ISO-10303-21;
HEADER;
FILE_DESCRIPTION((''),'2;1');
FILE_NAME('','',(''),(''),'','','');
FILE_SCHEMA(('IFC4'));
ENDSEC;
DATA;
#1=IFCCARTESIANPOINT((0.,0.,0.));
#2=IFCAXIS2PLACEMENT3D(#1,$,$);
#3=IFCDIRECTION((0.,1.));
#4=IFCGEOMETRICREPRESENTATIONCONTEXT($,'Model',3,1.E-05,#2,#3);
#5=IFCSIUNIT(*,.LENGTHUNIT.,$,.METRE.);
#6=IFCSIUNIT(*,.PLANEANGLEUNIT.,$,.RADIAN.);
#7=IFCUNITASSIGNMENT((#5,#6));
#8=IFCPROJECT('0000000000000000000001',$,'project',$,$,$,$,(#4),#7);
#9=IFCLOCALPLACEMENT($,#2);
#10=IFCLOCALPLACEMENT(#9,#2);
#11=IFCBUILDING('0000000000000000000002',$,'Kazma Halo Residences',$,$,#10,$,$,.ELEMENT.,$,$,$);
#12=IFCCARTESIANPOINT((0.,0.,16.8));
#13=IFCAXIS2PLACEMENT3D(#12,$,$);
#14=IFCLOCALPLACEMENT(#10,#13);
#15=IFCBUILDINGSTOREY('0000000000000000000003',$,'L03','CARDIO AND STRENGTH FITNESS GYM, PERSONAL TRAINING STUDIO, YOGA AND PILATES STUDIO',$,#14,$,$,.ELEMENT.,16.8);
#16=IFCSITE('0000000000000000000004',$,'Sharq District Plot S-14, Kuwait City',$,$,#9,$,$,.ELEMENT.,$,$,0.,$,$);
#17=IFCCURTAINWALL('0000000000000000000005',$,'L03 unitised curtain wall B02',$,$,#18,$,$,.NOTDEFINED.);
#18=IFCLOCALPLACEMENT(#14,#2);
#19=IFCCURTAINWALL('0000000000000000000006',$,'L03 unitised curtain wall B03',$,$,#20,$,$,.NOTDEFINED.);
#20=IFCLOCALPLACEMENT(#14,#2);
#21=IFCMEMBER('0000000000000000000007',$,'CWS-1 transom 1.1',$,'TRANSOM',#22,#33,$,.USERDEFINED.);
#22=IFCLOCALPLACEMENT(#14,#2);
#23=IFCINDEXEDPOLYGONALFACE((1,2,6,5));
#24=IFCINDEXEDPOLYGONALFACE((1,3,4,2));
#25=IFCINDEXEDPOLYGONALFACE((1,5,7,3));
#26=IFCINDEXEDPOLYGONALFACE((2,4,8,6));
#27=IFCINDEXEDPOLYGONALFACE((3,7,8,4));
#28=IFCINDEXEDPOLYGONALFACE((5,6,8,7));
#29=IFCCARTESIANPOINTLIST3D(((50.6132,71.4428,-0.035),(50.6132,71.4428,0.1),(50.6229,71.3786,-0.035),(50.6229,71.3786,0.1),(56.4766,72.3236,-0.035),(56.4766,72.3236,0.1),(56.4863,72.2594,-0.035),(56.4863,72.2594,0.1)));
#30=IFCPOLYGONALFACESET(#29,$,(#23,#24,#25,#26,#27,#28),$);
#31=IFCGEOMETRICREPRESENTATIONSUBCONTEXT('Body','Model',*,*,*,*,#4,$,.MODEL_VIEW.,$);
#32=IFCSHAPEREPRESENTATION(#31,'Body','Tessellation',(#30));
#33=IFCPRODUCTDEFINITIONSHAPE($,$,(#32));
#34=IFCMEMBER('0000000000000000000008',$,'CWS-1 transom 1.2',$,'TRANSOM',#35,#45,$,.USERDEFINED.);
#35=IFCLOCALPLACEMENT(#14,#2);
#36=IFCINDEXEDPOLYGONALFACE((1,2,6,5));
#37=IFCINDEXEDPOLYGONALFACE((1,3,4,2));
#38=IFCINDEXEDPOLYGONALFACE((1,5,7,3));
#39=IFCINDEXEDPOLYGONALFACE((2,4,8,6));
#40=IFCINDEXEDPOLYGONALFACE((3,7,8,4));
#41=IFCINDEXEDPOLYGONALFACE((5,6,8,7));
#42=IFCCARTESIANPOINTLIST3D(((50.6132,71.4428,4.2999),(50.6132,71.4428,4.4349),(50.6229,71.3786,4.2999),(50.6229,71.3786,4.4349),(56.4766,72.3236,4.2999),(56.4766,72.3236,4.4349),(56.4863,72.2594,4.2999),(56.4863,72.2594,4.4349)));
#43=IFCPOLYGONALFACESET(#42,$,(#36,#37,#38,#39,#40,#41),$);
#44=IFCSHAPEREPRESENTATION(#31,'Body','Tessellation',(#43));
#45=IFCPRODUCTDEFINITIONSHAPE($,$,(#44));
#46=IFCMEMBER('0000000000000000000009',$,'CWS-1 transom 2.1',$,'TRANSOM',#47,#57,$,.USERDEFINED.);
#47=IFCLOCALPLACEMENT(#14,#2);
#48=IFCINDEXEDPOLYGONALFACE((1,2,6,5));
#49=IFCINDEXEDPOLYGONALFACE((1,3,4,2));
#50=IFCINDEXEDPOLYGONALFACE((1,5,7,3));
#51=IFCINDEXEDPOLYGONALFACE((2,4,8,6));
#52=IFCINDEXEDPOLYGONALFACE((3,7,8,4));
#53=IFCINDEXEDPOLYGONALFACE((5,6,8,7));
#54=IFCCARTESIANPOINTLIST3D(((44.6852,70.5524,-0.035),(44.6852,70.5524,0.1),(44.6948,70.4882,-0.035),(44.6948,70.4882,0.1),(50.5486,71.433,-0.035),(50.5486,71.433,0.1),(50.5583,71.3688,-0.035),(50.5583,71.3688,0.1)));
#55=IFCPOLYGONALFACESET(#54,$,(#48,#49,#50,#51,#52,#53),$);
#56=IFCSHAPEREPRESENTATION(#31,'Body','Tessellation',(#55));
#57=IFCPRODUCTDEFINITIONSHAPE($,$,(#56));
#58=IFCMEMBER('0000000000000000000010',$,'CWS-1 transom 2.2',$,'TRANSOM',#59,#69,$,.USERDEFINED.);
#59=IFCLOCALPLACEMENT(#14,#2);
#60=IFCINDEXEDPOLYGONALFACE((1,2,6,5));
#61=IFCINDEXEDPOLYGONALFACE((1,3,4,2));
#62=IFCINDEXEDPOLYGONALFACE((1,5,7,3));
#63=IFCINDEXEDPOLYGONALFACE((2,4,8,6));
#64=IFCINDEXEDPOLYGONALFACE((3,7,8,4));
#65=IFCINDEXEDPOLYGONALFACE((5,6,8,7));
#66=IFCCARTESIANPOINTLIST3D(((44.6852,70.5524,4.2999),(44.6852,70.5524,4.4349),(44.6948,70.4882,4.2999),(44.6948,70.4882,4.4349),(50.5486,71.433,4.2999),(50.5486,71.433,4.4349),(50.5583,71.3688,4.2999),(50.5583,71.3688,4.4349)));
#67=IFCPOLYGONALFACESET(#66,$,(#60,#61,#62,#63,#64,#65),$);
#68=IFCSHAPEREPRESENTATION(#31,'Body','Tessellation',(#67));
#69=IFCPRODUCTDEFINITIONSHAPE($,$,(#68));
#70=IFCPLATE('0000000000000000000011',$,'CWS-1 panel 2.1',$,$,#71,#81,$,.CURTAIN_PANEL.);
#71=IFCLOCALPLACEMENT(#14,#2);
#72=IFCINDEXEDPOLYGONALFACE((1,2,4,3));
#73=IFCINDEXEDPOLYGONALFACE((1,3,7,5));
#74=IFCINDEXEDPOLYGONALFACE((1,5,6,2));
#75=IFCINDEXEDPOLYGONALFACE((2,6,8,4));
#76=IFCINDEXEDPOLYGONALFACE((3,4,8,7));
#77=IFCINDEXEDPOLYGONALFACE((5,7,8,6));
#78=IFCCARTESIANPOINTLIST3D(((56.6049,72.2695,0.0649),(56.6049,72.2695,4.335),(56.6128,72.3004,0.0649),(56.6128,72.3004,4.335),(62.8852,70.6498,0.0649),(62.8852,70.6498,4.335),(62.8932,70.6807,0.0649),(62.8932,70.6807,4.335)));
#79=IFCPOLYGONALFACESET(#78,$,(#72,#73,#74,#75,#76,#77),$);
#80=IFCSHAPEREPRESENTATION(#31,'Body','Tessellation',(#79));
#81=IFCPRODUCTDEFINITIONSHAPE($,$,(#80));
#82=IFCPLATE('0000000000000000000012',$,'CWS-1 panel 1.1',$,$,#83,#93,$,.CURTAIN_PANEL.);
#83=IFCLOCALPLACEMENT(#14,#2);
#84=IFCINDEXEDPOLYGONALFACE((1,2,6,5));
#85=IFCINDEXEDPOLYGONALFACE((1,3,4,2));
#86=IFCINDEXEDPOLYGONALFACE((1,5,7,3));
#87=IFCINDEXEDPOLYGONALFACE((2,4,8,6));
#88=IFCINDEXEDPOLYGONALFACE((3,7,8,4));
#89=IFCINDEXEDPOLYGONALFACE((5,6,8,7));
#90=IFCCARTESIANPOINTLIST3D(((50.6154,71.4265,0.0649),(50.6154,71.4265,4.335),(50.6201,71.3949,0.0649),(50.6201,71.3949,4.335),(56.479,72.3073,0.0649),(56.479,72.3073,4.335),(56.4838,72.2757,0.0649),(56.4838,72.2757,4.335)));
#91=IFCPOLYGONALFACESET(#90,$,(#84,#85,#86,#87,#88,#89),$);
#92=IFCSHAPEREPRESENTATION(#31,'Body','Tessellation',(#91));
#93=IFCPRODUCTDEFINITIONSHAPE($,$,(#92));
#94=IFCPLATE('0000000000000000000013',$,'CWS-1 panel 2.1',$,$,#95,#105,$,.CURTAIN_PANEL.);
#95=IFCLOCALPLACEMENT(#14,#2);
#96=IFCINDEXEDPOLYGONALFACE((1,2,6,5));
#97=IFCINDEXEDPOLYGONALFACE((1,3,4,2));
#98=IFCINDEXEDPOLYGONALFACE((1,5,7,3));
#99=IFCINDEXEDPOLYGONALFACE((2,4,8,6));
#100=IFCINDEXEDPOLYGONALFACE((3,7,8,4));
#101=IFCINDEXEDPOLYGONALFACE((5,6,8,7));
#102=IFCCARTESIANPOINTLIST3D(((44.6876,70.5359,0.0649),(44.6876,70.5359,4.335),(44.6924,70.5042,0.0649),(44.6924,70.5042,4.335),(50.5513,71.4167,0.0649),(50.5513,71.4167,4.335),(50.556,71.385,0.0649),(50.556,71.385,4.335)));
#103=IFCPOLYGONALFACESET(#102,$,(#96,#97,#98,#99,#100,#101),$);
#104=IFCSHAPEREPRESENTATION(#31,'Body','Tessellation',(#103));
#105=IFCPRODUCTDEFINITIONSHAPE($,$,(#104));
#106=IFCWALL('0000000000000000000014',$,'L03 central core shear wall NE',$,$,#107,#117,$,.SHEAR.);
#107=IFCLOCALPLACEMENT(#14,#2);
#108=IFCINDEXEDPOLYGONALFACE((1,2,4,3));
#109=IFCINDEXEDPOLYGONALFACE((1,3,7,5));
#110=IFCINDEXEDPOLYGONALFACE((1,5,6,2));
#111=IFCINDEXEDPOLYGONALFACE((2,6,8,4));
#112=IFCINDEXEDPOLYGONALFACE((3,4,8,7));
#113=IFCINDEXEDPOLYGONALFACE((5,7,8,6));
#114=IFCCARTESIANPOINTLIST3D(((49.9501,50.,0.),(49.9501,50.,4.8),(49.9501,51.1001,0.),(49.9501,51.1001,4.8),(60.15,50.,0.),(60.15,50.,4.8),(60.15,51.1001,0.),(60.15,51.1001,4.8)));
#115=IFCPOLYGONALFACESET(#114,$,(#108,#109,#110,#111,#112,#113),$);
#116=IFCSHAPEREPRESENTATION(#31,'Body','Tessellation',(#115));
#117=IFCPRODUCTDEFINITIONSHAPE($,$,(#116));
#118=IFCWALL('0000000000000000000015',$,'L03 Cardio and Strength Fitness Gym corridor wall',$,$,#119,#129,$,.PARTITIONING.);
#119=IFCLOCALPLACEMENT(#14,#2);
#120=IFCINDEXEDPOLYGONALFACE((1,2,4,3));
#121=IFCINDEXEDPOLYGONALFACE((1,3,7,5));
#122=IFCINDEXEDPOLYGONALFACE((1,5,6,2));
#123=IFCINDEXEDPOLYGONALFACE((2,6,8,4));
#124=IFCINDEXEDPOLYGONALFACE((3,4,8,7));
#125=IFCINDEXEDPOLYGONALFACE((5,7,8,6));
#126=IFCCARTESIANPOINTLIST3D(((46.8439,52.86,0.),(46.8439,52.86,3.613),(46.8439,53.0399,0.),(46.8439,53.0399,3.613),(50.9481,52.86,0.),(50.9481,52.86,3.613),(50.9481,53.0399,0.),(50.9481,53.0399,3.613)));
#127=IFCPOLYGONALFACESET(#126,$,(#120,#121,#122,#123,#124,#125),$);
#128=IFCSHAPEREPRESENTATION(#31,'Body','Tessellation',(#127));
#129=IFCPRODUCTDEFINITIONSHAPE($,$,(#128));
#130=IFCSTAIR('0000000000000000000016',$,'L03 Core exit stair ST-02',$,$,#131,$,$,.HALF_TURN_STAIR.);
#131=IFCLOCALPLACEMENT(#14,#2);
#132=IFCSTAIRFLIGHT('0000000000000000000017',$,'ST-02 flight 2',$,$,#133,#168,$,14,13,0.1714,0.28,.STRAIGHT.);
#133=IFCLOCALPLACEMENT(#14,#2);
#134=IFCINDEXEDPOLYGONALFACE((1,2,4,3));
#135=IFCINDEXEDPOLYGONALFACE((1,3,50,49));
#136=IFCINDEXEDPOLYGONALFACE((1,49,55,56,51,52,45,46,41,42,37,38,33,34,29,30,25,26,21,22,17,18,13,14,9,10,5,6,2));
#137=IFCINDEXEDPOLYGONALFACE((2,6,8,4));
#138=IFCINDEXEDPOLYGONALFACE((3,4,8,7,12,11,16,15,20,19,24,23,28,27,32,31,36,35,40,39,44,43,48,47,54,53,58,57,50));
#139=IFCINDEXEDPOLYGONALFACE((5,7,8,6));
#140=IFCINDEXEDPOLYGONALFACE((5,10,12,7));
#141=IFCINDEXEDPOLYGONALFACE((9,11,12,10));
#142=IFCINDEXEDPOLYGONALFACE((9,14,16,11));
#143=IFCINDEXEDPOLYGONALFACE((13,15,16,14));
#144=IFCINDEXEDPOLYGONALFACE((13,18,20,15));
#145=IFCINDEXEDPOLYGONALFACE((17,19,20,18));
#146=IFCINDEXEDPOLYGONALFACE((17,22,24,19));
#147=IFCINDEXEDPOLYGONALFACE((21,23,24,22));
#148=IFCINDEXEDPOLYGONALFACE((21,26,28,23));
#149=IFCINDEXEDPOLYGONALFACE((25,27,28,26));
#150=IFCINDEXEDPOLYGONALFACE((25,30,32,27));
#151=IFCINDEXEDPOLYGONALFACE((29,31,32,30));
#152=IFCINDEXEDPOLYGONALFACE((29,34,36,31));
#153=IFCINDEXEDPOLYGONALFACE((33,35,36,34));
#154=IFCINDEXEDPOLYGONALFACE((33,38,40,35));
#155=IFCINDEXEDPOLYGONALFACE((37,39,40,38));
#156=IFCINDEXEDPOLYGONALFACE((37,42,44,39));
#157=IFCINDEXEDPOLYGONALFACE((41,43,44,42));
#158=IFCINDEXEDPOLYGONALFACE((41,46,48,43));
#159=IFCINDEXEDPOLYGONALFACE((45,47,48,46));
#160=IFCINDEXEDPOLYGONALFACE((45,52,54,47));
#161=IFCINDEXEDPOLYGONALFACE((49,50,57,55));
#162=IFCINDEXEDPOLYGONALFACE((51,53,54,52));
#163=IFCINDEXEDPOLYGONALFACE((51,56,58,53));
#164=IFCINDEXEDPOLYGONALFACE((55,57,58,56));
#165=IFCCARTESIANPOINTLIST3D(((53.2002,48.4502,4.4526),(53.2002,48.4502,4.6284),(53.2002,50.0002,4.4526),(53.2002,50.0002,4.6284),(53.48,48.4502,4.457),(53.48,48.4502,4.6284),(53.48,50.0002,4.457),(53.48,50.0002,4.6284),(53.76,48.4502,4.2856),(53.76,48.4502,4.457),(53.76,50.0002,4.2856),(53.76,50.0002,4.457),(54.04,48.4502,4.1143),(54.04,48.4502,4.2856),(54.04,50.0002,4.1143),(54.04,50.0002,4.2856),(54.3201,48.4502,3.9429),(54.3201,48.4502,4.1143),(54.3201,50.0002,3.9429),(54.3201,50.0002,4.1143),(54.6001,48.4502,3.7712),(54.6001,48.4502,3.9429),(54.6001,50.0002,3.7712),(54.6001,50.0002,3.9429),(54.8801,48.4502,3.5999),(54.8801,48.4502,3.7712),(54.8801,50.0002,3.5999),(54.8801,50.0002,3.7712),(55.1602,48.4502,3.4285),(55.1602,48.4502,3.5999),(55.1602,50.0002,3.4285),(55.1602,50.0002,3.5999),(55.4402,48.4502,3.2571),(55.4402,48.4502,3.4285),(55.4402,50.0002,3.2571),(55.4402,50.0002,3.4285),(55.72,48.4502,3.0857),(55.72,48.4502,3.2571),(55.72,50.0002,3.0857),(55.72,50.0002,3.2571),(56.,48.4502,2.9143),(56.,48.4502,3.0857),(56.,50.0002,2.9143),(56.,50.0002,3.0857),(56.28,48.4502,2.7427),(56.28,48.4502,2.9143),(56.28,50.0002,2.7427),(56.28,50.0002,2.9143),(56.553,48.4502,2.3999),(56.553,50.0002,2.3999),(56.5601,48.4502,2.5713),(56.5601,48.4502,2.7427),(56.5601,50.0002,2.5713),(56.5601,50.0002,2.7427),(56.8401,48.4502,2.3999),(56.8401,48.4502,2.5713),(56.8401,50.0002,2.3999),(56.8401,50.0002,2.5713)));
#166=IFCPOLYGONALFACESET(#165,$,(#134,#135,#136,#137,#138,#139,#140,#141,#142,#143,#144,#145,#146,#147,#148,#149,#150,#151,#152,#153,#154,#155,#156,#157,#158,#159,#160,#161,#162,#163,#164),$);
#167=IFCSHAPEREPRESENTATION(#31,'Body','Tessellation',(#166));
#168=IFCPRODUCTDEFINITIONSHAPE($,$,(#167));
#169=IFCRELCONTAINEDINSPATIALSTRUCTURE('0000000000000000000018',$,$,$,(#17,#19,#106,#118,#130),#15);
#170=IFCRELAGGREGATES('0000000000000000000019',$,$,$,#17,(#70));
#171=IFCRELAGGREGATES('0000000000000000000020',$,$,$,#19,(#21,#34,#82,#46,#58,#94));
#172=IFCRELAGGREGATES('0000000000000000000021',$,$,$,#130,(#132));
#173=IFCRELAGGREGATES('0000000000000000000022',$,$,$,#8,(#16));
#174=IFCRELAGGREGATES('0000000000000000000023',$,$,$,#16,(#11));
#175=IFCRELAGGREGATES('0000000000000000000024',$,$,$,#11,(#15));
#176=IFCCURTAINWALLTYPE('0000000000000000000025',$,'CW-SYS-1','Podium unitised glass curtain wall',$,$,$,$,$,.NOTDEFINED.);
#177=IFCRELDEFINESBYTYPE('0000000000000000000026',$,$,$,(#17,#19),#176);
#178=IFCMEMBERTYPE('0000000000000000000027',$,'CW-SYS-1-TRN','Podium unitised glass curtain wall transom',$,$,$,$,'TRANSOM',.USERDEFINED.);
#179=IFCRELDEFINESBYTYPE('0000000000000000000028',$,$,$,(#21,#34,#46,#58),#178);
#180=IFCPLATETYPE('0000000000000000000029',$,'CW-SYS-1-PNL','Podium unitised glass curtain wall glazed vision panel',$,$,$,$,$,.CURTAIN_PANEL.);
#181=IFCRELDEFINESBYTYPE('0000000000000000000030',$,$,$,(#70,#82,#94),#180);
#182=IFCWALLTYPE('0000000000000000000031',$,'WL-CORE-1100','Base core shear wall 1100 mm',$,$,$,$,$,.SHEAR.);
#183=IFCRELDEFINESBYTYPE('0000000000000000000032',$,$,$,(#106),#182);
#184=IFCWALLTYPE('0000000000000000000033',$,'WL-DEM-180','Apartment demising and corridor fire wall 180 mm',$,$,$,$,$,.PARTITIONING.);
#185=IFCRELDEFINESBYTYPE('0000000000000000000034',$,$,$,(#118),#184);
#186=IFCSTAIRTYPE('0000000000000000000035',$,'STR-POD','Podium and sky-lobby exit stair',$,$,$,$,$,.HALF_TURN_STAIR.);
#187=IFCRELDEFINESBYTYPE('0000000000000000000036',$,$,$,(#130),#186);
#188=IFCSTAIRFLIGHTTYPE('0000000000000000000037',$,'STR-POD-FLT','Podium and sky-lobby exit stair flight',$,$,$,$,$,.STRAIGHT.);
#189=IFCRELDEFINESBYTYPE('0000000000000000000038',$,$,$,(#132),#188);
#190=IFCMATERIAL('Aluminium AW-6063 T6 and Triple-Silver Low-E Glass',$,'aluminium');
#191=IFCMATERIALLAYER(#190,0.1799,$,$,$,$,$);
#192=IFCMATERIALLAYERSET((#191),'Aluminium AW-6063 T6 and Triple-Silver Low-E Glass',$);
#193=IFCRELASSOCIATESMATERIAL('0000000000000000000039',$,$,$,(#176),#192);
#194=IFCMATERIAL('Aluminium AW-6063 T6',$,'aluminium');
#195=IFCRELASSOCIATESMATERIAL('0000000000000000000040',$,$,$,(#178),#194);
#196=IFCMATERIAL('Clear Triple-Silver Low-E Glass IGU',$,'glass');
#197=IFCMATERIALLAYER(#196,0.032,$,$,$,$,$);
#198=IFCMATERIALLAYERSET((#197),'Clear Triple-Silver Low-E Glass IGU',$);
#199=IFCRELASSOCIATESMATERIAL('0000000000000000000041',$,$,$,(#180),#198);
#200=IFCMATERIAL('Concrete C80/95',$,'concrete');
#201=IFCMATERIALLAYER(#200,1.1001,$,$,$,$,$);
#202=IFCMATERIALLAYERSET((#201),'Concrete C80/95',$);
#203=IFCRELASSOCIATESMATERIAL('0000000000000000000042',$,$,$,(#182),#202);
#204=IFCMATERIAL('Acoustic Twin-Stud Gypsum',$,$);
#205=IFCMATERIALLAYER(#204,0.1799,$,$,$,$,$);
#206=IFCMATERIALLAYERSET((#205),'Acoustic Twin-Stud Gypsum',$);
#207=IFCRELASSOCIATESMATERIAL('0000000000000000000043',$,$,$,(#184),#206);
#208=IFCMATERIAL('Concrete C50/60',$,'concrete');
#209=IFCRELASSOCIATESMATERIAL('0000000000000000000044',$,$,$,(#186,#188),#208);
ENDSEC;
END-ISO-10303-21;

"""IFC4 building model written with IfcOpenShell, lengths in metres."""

from ifc_helpers import new_model, si_unit, direction, frame, frame_2d, origin, origin_2d, place, context, subcontext, project, spatial, polyline, rectangle, outline, extrude, material, layer, layer_set, material_profile, profile_set, type_object, element, aggregate, save


model = new_model("IFC4")

# Units and contexts
model_context = context("Model", 3, precision=1e-05, world=origin(), true_north=direction((0.0, 1.0)))
body_context = subcontext(model_context, "Body", "Model", "MODEL_VIEW")
ifc_project = project(units=[si_unit("LENGTHUNIT", "METRE"), si_unit("PLANEANGLEUNIT", "RADIAN")], contexts=[model_context])

# Site, building, storey
site_placement = place(None, origin())
site = spatial("IfcSite", under=ifc_project, at=site_placement, Name="Sharq District Plot S-14, Kuwait City", CompositionType="ELEMENT", RefElevation=0.0)
building_placement = place(site_placement, origin())
building = spatial("IfcBuilding", under=site, at=building_placement, Name="Kazma Halo Residences", CompositionType="ELEMENT")
storey_placement = place(building_placement, frame((0.0, 0.0, 16.8)))
storey = spatial("IfcBuildingStorey", under=building, at=storey_placement, Name="L03", Description="CARDIO AND STRENGTH FITNESS GYM, PERSONAL TRAINING STUDIO, YOGA AND PILATES STUDIO", CompositionType="ELEMENT", Elevation=16.8)

# Shared definitions
ifc_material_1 = material(Name="Concrete C80/95", Category="concrete")

# Curtain wall
ifc_material_2 = material(Name="Aluminium AW-6063 T6 and Triple-Silver Low-E Glass", Category="aluminium")
ifc_layer_1 = layer(ifc_material_2, 0.1799)
ifc_layer_set_1 = layer_set([ifc_layer_1], Name="Aluminium AW-6063 T6 and Triple-Silver Low-E Glass")
curtain_wall_type = type_object("IfcCurtainWallType", Name="CW-SYS-1", Description="Podium unitised glass curtain wall", PredefinedType="NOTDEFINED", material=ifc_layer_set_1)
curtain_wall_1_placement = place(storey_placement, origin())
curtain_wall_1 = element("IfcCurtainWall", 1, at=curtain_wall_1_placement, inside=storey, type_object=curtain_wall_type, Name="L03 unitised curtain wall B02", PredefinedType="NOTDEFINED")
ifc_material_3 = material(Name="Aluminium AW-6063 T6", Category="aluminium")

# Curtain wall, members
curtain_wall_2_placement = place(storey_placement, origin())
curtain_wall_2 = element("IfcCurtainWall", 2, at=curtain_wall_2_placement, inside=storey, type_object=curtain_wall_type, Name="L03 unitised curtain wall B03", PredefinedType="NOTDEFINED")
ifc_material_profile_1 = material_profile(ifc_material_3, rectangle(XDim=0.0649, YDim=0.135, at=origin_2d()), Name="CWT-65x135")
ifc_profile_set_1 = profile_set([ifc_material_profile_1], Name="Aluminium AW-6063 T6")
member_type_1 = type_object("IfcMemberType", Name="CW-SYS-1-TRN", Description="Podium unitised glass curtain wall transom", ElementType="TRANSOM", PredefinedType="USERDEFINED", material=ifc_profile_set_1)
member_1_placement = place(storey_placement, frame((56.4814, 72.2915, 0.0325), z_axis=(-0.988903, -0.14856, 0.0), x_axis=(0.14856, -0.988903, 0.0)))
member_1 = element("IfcMember", 3, at=member_1_placement, type_object=member_type_1, Name="CWS-1 transom 1.1", ObjectType="TRANSOM", PredefinedType="USERDEFINED", context=body_context, shape_type="SweptSolid", body=[
    extrude(rectangle(XDim=0.0649, YDim=0.135, at=origin_2d()), origin(), (0.0, 0.0, 1.0), 5.9292),
])
member_2_placement = place(storey_placement, frame((56.4814, 72.2915, 4.3674), z_axis=(-0.988903, -0.14856, 0.0), x_axis=(0.14856, -0.988903, 0.0)))
member_2 = element("IfcMember", 4, at=member_2_placement, type_object=member_type_1, Name="CWS-1 transom 1.2", ObjectType="TRANSOM", PredefinedType="USERDEFINED", context=body_context, shape_type="SweptSolid", body=[
    extrude(rectangle(XDim=0.0649, YDim=0.135, at=origin_2d()), origin(), (0.0, 0.0, 1.0), 5.9292),
])
member_3_placement = place(storey_placement, frame((50.5535, 71.4009, 0.0325), z_axis=(-0.988909, -0.14852, 0.0), x_axis=(0.14852, -0.988909, 0.0)))
member_3 = element("IfcMember", 5, at=member_3_placement, type_object=member_type_1, Name="CWS-1 transom 2.1", ObjectType="TRANSOM", PredefinedType="USERDEFINED", context=body_context, shape_type="SweptSolid", body=[
    extrude(rectangle(XDim=0.0649, YDim=0.135, at=origin_2d()), origin(), (0.0, 0.0, 1.0), 5.9292),
])
member_4_placement = place(storey_placement, frame((50.5535, 71.4009, 4.3674), z_axis=(-0.988909, -0.14852, 0.0), x_axis=(0.14852, -0.988909, 0.0)))
member_4 = element("IfcMember", 6, at=member_4_placement, type_object=member_type_1, Name="CWS-1 transom 2.2", ObjectType="TRANSOM", PredefinedType="USERDEFINED", context=body_context, shape_type="SweptSolid", body=[
    extrude(rectangle(XDim=0.0649, YDim=0.135, at=origin_2d()), origin(), (0.0, 0.0, 1.0), 5.9292),
])

# Plates
ifc_material_4 = material(Name="Clear Triple-Silver Low-E Glass IGU", Category="glass")
ifc_layer_2 = layer(ifc_material_4, 0.032)
ifc_layer_set_2 = layer_set([ifc_layer_2], Name="Clear Triple-Silver Low-E Glass IGU")
plate_type = type_object("IfcPlateType", Name="CW-SYS-1-PNL", Description="Podium unitised glass curtain wall glazed vision panel", PredefinedType="CURTAIN_PANEL", material=ifc_layer_set_2)
plate_1_placement = place(storey_placement, frame((59.749, 71.4751, 0.0649), z_axis=(0.0, 0.0, 1.0), x_axis=(-0.968316, 0.249727, 0.0)))
plate_1 = element("IfcPlate", 7, at=plate_1_placement, type_object=plate_type, Name="CWS-1 panel 2.1", PredefinedType="CURTAIN_PANEL", context=body_context, shape_type="SweptSolid", body=[
    extrude(rectangle(XDim=6.4858, YDim=0.032, at=origin_2d()), origin(), (0.0, 0.0, 1.0), 4.27),
])
aggregate(curtain_wall_1, [plate_1])
plate_2_placement = place(storey_placement, frame((53.5496, 71.8511, 0.0649), z_axis=(0.0, 0.0, 1.0), x_axis=(-0.988905, -0.148549, 0.0)))
plate_2 = element("IfcPlate", 8, at=plate_2_placement, type_object=plate_type, Name="CWS-1 panel 1.1", PredefinedType="CURTAIN_PANEL", context=body_context, shape_type="SweptSolid", body=[
    extrude(rectangle(XDim=5.9294, YDim=0.032, at=origin_2d()), origin(), (0.0, 0.0, 1.0), 4.27),
])
plate_3_placement = place(storey_placement, frame((47.6218, 70.9604, 0.0649), z_axis=(0.0, 0.0, 1.0), x_axis=(-0.988905, -0.148549, 0.0)))
plate_3 = element("IfcPlate", 9, at=plate_3_placement, type_object=plate_type, Name="CWS-1 panel 2.1", PredefinedType="CURTAIN_PANEL", context=body_context, shape_type="SweptSolid", body=[
    extrude(rectangle(XDim=5.9294, YDim=0.032, at=origin_2d()), origin(), (0.0, 0.0, 1.0), 4.27),
])
aggregate(curtain_wall_2, [member_1, member_2, plate_2, member_3, member_4, plate_3])

# Wall
ifc_layer_3 = layer(ifc_material_1, 1.1001)
ifc_layer_set_3 = layer_set([ifc_layer_3], Name="Concrete C80/95")
wall_type_1 = type_object("IfcWallType", Name="WL-CORE-1100", Description="Base core shear wall 1100 mm", PredefinedType="SHEAR", material=ifc_layer_set_3)
wall_1_placement = place(storey_placement, frame((49.95, 50.55, 0.0), z_axis=(0.0, 0.0, 1.0), x_axis=(1.0, 0.0, 0.0)))
element("IfcWall", 10, at=wall_1_placement, inside=storey, type_object=wall_type_1, Name="L03 central core shear wall NE", PredefinedType="SHEAR", context=body_context, shape_type="SweptSolid", body=[
    extrude(rectangle(XDim=10.2, YDim=1.1001, at=frame_2d((5.1001, 0.0))), origin(), (0.0, 0.0, 1.0), 4.8),
])

# Shared definitions
ifc_material_5 = material(Name="Acoustic Twin-Stud Gypsum")
ifc_layer_4 = layer(ifc_material_5, 0.1799)
ifc_layer_set_4 = layer_set([ifc_layer_4], Name="Acoustic Twin-Stud Gypsum")
wall_type_2 = type_object("IfcWallType", Name="WL-DEM-180", Description="Apartment demising and corridor fire wall 180 mm", PredefinedType="PARTITIONING", material=ifc_layer_set_4)

# Wall
wall_2_placement = place(storey_placement, frame((50.9482, 52.95, 0.0), z_axis=(0.0, 0.0, 1.0), x_axis=(-1.0, 0.0, 0.0)))
element("IfcWall", 11, at=wall_2_placement, inside=storey, type_object=wall_type_2, Name="L03 Cardio and Strength Fitness Gym corridor wall", PredefinedType="PARTITIONING", context=body_context, shape_type="SweptSolid", body=[
    extrude(rectangle(XDim=4.1042, YDim=0.1799, at=frame_2d((2.0522, 0.0))), origin(), (0.0, 0.0, 1.0), 3.613),
])

# Stair, stair flight
ifc_material_6 = material(Name="Concrete C50/60", Category="concrete")
stair_type = type_object("IfcStairType", Name="STR-POD", Description="Podium and sky-lobby exit stair", PredefinedType="HALF_TURN_STAIR", material=ifc_material_6)
stair_placement = place(storey_placement, origin())
stair = element("IfcStair", 12, at=stair_placement, inside=storey, type_object=stair_type, Name="L03 Core exit stair ST-02", PredefinedType="HALF_TURN_STAIR")
stair_flight_type = type_object("IfcStairFlightType", Name="STR-POD-FLT", Description="Podium and sky-lobby exit stair flight", PredefinedType="STRAIGHT", material=ifc_material_6)
stair_flight_placement = place(storey_placement, frame((56.8401, 49.2251, 2.3999), z_axis=(0.0, 0.0, 1.0), x_axis=(-1.0, 0.0, 0.0)))
stair_flight = element("IfcStairFlight", 13, at=stair_flight_placement, type_object=stair_flight_type, Name="ST-02 flight 2", NumberOfRisers=14, NumberOfTreads=13, PredefinedType="STRAIGHT", RiserHeight=0.1714, TreadLength=0.28, context=body_context, shape_type="SweptSolid", body=[
    extrude(outline(polyline([(0.0, 0.0), (0.0, 0.1714), (0.28, 0.1714), (0.28, 0.3428), (0.5601, 0.3428), (0.5601, 0.5144), (0.8401, 0.5144), (0.8401, 0.6858), (1.1201, 0.6858), (1.1201, 0.8572), (1.3999, 0.8572), (1.3999, 1.0286), (1.6799, 1.0286), (1.6799, 1.2), (1.96, 1.2), (1.96, 1.3713), (2.24, 1.3713), (2.24, 1.543), (2.52, 1.543), (2.52, 1.7144), (2.8, 1.7144), (2.8, 1.8857), (3.0801, 1.8857), (3.0801, 2.0571), (3.3601, 2.0571), (3.3601, 2.2285), (3.6399, 2.2285), (3.6399, 2.3999), (3.6399, 2.0527), (0.2871, 0.0), (0.0, 0.0)])), frame((0.0, 0.7749, 0.0), z_axis=(0.0, -1.0, 0.0), x_axis=(1.0, 0.0, 0.0)), (0.0, 0.0, 1.0), 1.55),
])
aggregate(stair, [stair_flight])

save(model, "model.ifc")
